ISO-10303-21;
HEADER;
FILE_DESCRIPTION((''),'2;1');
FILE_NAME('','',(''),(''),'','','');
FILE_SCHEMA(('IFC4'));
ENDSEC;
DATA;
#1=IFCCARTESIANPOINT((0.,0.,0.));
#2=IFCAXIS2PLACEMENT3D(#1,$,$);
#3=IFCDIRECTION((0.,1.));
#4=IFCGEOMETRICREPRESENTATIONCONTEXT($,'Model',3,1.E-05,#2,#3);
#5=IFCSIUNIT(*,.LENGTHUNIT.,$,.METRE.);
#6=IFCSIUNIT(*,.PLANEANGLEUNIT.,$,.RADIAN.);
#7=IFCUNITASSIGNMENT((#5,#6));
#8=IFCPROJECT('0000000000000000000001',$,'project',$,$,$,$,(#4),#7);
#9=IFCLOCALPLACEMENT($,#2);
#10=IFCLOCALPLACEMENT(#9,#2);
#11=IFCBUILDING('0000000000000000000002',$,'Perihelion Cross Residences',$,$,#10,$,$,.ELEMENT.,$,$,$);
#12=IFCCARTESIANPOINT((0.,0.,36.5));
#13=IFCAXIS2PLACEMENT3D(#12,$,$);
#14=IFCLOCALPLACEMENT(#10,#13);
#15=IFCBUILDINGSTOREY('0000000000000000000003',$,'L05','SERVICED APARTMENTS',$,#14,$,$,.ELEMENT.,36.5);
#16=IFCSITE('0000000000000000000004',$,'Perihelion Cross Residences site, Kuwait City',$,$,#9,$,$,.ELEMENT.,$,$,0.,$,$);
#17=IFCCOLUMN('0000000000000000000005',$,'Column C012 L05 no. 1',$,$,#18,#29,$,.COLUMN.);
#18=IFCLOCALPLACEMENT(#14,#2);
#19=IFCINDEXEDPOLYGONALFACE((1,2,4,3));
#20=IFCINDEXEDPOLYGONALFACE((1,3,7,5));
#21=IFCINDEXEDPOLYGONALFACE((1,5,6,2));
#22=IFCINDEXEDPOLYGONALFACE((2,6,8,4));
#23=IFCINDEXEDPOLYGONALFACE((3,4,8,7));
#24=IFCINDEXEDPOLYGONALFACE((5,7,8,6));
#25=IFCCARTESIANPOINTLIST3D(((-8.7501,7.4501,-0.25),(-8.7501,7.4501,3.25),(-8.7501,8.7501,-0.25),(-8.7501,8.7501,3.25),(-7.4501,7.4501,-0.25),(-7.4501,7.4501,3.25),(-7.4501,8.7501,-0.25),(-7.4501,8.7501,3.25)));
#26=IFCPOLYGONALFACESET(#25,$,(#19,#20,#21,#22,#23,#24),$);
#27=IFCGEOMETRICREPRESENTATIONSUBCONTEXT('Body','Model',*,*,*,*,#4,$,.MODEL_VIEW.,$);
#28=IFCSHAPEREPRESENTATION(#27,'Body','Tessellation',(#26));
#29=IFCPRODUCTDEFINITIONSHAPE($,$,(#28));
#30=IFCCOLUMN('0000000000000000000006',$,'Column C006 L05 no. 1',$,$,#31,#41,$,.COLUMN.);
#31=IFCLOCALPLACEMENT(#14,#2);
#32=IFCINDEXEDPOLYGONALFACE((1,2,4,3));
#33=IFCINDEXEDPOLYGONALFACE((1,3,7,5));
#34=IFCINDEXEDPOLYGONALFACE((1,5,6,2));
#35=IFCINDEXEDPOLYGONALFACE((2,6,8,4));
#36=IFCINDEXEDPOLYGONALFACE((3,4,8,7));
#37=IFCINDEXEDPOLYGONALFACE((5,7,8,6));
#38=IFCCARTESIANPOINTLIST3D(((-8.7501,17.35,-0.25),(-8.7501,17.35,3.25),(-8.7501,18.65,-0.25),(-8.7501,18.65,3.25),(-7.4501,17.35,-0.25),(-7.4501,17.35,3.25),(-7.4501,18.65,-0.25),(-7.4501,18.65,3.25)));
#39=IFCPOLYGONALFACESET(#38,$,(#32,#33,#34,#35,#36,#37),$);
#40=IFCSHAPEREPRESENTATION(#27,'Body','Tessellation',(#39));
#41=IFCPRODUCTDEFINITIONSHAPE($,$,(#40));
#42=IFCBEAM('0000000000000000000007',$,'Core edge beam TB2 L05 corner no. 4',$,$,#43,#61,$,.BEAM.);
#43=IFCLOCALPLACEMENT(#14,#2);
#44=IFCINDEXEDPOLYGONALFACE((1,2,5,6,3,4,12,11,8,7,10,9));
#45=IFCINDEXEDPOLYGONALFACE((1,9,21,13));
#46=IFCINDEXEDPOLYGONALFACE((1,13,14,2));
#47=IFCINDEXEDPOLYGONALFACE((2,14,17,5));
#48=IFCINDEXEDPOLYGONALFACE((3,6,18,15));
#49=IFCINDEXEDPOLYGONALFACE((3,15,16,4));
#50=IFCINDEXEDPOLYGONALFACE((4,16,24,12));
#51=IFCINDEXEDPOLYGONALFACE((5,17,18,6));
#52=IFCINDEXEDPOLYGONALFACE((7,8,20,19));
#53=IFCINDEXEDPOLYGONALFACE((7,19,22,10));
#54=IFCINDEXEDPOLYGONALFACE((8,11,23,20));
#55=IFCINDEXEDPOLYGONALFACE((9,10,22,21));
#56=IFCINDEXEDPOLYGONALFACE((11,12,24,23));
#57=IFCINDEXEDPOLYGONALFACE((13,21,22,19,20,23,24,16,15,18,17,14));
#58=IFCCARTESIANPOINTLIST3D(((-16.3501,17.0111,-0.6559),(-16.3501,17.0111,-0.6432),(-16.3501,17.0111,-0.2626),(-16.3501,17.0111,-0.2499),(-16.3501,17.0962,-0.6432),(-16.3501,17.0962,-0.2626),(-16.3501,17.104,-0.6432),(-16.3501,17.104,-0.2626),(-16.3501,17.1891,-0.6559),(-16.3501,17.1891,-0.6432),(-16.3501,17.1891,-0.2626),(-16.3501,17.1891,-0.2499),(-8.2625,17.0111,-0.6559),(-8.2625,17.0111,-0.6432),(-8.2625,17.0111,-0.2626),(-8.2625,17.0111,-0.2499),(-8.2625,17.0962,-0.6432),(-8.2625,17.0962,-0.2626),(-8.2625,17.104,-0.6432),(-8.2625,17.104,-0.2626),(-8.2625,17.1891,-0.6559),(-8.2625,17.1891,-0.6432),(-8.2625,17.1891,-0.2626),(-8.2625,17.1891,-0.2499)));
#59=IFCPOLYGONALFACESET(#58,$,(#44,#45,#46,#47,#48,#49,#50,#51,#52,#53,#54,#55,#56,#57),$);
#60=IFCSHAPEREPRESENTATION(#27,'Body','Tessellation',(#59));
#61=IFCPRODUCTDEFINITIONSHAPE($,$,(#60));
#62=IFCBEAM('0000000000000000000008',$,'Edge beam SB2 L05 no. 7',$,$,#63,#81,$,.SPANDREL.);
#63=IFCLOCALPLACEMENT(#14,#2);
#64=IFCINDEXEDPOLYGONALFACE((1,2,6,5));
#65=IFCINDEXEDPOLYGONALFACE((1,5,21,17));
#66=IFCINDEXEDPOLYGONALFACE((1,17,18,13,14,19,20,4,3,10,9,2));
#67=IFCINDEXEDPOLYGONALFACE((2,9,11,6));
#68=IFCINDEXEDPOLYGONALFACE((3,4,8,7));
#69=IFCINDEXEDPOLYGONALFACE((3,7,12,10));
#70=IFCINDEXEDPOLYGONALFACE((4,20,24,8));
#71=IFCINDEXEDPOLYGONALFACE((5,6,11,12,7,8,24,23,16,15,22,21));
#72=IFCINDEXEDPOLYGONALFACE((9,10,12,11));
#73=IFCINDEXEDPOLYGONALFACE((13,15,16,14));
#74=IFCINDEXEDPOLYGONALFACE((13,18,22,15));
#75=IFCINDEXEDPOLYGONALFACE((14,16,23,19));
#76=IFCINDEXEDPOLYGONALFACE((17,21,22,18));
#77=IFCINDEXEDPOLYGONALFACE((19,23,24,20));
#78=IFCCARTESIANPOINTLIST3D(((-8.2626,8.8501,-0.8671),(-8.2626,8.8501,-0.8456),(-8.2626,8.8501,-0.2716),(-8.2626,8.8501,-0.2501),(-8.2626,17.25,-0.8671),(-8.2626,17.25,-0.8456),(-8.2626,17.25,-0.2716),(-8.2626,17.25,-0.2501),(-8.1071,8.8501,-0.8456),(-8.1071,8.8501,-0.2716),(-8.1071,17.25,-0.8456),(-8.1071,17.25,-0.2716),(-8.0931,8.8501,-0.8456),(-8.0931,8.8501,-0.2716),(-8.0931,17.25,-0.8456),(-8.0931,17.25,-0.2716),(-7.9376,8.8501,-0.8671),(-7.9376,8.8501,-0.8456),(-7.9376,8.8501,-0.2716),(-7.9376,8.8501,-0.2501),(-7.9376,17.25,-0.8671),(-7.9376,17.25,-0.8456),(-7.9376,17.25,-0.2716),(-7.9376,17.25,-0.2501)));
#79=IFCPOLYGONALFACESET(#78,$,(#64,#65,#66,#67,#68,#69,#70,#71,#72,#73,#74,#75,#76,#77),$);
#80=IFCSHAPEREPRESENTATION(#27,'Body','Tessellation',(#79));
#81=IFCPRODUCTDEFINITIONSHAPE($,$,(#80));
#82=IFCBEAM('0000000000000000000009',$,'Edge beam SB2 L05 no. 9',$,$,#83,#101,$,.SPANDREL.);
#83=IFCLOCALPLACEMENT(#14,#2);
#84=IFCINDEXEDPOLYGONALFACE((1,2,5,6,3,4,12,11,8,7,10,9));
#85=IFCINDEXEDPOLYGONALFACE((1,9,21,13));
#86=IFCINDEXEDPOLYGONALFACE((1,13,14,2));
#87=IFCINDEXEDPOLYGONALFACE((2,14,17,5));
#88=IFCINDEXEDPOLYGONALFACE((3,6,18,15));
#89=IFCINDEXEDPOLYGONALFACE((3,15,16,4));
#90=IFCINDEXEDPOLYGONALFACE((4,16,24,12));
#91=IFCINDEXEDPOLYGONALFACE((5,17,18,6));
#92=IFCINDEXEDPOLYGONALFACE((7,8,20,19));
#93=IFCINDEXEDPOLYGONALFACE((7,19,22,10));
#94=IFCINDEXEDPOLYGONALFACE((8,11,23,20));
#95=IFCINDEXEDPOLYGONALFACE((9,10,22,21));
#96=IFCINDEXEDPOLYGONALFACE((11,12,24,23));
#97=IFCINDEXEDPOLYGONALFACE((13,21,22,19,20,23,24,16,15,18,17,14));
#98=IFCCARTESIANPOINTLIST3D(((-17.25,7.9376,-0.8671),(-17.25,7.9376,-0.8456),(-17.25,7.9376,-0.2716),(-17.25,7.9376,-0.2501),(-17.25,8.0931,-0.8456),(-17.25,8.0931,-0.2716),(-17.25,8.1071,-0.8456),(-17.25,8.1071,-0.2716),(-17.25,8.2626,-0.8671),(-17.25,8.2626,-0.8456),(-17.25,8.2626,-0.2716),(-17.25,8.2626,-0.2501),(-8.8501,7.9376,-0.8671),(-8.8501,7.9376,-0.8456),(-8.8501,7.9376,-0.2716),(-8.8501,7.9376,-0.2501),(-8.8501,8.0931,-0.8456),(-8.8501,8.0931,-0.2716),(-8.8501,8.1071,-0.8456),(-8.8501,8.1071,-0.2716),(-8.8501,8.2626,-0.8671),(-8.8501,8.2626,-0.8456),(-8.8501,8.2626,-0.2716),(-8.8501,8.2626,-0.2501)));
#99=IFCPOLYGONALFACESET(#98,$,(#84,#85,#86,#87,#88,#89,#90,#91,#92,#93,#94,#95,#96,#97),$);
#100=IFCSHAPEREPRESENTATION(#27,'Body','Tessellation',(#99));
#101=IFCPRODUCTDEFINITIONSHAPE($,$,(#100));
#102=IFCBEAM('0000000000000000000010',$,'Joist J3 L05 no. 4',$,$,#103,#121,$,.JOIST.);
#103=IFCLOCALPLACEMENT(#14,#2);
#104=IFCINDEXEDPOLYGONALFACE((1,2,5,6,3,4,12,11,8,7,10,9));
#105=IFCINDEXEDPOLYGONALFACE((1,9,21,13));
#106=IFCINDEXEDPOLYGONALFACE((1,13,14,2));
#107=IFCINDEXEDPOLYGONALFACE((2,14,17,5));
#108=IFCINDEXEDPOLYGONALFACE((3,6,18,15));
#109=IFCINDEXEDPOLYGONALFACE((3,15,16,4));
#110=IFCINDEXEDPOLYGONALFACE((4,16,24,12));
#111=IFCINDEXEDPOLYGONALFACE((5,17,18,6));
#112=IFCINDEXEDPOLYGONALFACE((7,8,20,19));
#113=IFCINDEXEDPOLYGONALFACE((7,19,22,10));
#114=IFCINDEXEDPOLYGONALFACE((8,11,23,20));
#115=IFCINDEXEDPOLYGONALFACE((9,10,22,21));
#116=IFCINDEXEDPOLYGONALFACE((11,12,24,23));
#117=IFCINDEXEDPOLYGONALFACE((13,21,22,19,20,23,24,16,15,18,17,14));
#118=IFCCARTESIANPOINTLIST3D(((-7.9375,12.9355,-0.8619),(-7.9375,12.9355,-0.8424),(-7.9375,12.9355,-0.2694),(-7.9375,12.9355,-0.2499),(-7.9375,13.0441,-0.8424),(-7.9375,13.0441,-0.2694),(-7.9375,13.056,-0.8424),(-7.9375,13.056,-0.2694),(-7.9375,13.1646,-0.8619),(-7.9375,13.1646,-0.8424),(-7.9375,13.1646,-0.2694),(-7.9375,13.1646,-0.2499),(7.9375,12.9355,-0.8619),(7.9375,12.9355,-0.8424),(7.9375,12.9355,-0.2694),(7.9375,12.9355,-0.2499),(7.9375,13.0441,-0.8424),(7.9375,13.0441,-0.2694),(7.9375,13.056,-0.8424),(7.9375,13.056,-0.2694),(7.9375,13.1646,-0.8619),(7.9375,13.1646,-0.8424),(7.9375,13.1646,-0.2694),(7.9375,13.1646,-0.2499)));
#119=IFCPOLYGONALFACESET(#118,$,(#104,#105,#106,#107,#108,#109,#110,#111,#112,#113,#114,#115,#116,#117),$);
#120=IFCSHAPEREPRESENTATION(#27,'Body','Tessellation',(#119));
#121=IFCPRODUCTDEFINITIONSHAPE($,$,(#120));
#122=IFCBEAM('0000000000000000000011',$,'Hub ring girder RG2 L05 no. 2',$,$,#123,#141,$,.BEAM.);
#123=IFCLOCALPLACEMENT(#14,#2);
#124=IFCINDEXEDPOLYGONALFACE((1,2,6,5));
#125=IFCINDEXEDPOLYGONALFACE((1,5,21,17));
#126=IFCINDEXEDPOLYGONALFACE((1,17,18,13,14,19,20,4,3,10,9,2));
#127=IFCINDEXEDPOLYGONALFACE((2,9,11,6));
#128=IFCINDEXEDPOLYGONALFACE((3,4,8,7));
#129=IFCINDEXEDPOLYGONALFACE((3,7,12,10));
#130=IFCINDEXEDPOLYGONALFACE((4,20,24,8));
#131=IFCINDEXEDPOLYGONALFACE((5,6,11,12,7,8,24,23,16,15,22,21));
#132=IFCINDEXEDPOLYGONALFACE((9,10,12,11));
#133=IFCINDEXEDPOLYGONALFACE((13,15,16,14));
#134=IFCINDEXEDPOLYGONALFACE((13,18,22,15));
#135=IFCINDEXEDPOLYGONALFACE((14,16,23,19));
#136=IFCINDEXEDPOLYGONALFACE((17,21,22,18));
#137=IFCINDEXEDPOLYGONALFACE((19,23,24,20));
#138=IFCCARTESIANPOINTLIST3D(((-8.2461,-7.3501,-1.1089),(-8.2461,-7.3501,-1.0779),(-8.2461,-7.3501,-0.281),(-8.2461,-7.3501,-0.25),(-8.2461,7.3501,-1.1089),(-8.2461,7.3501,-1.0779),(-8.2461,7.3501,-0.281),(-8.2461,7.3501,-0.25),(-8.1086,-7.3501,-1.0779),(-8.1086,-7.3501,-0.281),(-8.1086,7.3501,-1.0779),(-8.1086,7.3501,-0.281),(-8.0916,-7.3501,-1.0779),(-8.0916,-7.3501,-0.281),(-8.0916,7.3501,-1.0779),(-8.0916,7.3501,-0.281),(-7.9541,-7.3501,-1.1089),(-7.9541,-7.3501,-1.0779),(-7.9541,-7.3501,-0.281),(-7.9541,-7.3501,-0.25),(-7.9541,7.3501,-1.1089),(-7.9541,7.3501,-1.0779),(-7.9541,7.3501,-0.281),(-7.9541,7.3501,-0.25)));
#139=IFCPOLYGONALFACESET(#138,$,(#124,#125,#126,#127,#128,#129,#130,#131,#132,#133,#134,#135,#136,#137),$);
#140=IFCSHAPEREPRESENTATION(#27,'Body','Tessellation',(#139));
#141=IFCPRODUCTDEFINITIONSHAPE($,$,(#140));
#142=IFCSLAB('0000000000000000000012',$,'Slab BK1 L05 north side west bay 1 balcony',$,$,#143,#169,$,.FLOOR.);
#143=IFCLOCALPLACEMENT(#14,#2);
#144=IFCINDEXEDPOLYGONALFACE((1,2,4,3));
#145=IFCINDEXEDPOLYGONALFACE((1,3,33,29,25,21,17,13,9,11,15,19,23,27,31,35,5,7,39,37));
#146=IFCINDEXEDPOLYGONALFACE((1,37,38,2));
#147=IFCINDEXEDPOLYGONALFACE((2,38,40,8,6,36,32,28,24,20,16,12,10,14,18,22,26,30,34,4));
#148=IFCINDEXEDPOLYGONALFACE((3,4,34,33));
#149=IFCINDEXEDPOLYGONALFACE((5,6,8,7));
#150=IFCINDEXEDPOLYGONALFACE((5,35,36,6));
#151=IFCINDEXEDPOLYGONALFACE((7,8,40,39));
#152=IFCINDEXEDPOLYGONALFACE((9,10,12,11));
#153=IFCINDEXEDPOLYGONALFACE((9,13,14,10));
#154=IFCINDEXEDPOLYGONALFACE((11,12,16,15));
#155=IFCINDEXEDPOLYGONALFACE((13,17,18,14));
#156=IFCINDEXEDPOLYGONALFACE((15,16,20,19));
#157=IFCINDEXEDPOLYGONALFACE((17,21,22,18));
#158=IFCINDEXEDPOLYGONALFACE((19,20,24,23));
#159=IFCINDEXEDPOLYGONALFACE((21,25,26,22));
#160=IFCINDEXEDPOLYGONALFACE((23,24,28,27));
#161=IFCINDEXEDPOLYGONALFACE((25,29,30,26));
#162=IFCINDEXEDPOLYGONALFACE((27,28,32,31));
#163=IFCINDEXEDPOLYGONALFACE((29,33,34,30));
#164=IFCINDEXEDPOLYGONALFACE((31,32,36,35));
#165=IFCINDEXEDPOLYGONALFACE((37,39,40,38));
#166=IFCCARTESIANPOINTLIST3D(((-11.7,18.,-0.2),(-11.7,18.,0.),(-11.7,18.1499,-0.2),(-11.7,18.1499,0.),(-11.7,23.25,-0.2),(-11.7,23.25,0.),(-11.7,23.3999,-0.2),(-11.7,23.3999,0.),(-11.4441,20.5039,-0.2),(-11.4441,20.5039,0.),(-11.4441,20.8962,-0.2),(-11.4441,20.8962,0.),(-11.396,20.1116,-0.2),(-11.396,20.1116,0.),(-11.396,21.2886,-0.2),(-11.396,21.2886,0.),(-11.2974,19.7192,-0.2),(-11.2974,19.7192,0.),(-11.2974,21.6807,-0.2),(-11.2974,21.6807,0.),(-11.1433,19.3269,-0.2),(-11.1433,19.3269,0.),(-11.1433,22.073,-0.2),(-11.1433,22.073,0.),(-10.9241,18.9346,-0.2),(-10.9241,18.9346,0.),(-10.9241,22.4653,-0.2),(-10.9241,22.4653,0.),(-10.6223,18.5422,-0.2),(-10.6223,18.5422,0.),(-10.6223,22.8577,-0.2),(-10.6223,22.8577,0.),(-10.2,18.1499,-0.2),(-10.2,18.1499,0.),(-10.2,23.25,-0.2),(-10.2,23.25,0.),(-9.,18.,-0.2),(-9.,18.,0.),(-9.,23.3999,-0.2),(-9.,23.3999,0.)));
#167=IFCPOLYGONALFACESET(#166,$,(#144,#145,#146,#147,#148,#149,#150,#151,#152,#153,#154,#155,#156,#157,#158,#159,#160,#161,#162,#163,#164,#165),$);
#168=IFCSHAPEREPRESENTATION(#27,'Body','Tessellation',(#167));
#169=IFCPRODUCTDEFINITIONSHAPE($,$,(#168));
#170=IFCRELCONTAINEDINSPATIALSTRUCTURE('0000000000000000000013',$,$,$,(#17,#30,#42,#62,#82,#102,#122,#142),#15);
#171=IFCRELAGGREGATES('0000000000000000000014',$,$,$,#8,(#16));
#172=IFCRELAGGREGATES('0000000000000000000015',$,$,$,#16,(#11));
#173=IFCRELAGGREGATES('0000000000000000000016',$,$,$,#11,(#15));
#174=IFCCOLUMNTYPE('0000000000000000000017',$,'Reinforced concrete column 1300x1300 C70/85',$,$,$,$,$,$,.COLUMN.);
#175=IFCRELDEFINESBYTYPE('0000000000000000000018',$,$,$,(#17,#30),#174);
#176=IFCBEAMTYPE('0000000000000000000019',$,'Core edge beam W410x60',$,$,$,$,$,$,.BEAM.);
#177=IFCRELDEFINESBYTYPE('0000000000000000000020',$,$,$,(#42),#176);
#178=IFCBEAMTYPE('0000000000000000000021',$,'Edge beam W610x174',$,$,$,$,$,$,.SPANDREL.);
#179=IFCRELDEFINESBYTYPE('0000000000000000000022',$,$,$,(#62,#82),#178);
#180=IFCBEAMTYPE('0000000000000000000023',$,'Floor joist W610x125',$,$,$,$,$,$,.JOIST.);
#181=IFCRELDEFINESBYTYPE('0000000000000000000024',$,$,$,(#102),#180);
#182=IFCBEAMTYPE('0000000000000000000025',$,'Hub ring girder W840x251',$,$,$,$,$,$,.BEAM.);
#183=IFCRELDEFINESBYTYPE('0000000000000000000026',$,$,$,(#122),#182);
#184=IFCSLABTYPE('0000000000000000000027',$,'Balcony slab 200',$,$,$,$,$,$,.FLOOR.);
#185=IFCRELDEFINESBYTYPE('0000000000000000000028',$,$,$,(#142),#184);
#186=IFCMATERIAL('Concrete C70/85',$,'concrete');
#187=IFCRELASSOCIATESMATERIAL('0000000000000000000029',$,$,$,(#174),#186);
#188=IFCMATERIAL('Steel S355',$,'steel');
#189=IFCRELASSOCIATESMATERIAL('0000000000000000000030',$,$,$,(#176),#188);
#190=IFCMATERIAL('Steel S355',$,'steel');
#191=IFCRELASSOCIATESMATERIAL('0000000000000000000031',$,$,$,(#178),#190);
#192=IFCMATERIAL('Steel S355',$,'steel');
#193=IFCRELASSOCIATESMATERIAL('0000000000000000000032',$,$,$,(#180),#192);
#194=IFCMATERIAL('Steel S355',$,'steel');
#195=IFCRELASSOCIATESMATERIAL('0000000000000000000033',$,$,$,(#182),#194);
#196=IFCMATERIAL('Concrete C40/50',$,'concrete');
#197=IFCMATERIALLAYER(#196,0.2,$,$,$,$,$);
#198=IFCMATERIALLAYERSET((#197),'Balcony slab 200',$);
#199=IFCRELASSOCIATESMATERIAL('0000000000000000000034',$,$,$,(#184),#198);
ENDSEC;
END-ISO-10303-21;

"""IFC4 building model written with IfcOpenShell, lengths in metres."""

from ifc_helpers import new_model, si_unit, direction, frame, origin, origin_2d, place, context, subcontext, project, spatial, polyline, rectangle, i_section, outline, extrude, material, layer, layer_set, material_profile, profile_set, type_object, element, save


model = new_model("IFC4")

# Units and contexts
model_context = context("Model", 3, precision=1e-05, world=origin(), true_north=direction((0.0, 1.0)))
body_context = subcontext(model_context, "Body", "Model", "MODEL_VIEW")
ifc_project = project(units=[si_unit("LENGTHUNIT", "METRE"), si_unit("PLANEANGLEUNIT", "RADIAN")], contexts=[model_context])

# Site, building, storey
site_placement = place(None, origin())
site = spatial("IfcSite", under=ifc_project, at=site_placement, Name="Perihelion Cross Residences site, Kuwait City", CompositionType="ELEMENT", RefElevation=0.0)
building_placement = place(site_placement, origin())
building = spatial("IfcBuilding", under=site, at=building_placement, Name="Perihelion Cross Residences", CompositionType="ELEMENT")
storey_placement = place(building_placement, frame((0.0, 0.0, 36.5)))
storey = spatial("IfcBuildingStorey", under=building, at=storey_placement, Name="L05", Description="SERVICED APARTMENTS", CompositionType="ELEMENT", Elevation=36.5)

# Columns
ifc_material_1 = material(Name="Concrete C70/85", Category="concrete")
ifc_material_profile_1 = material_profile(ifc_material_1, rectangle(XDim=1.3, YDim=1.3, at=origin_2d()), Name="RC 1300x1300")
ifc_profile_set_1 = profile_set([ifc_material_profile_1], Name="Concrete C70/85")
column_type = type_object("IfcColumnType", Name="Reinforced concrete column 1300x1300 C70/85", PredefinedType="COLUMN", material=ifc_profile_set_1)
for number, where, z_axis, x_axis, name in (
    (1, (-8.1001, 8.1001, -0.25), (0.0, 0.0, 1.0), (1.0, 0.0, 0.0), "Column C012 L05 no. 1"),
    (2, (-8.1001, 18.0, -0.25), (0.0, 0.0, 1.0), (1.0, 0.0, 0.0), "Column C006 L05 no. 1"),
):
    element("IfcColumn", number, at=place(storey_placement, frame(where, z_axis=z_axis, x_axis=x_axis)), inside=storey, type_object=column_type, Name=name, PredefinedType="COLUMN", context=body_context, shape_type="SweptSolid", body=[
        extrude(rectangle(XDim=1.3, YDim=1.3, at=origin_2d()), origin(), (0.0, 0.0, 1.0), 3.5),
    ])

# Beams
ifc_material_2 = material(Name="Steel S355", Category="steel")
ifc_material_profile_2 = material_profile(ifc_material_2, i_section(OverallWidth=0.178, OverallDepth=0.406, WebThickness=0.0078, FlangeThickness=0.0127, at=origin_2d()), Name="W410x60")
ifc_profile_set_2 = profile_set([ifc_material_profile_2], Name="Steel S355")
beam_type_1 = type_object("IfcBeamType", Name="Core edge beam W410x60", PredefinedType="BEAM", material=ifc_profile_set_2)
beam_1_placement = place(storey_placement, frame((-8.2625, 17.1001, -0.4529), z_axis=(-1.0, 0.0, 0.0), x_axis=(0.0, -1.0, 0.0)))
element("IfcBeam", 3, at=beam_1_placement, inside=storey, type_object=beam_type_1, Name="Core edge beam TB2 L05 corner no. 4", PredefinedType="BEAM", context=body_context, shape_type="SweptSolid", body=[
    extrude(i_section(OverallWidth=0.178, OverallDepth=0.406, WebThickness=0.0078, FlangeThickness=0.0127, at=origin_2d()), origin(), (0.0, 0.0, 1.0), 8.0876),
])
ifc_material_3 = material(Name="Steel S355", Category="steel")
ifc_material_profile_3 = material_profile(ifc_material_3, i_section(OverallWidth=0.325, OverallDepth=0.6169, WebThickness=0.0139, FlangeThickness=0.0215, at=origin_2d()), Name="W610x174")
ifc_profile_set_3 = profile_set([ifc_material_profile_3], Name="Steel S355")
beam_type_2 = type_object("IfcBeamType", Name="Edge beam W610x174", PredefinedType="SPANDREL", material=ifc_profile_set_3)
for number, where, z_axis, x_axis, name in (
    (4, (-8.1001, 17.25, -0.5586), (0.0, -1.0, 0.0), (1.0, 0.0, 0.0), "Edge beam SB2 L05 no. 7"),
    (5, (-8.8501, 8.1001, -0.5586), (-1.0, 0.0, 0.0), (0.0, -1.0, 0.0), "Edge beam SB2 L05 no. 9"),
):
    element("IfcBeam", number, at=place(storey_placement, frame(where, z_axis=z_axis, x_axis=x_axis)), inside=storey, type_object=beam_type_2, Name=name, PredefinedType="SPANDREL", context=body_context, shape_type="SweptSolid", body=[
        extrude(i_section(OverallWidth=0.325, OverallDepth=0.6169, WebThickness=0.0139, FlangeThickness=0.0215, at=origin_2d()), origin(), (0.0, 0.0, 1.0), 8.3999),
    ])
ifc_material_4 = material(Name="Steel S355", Category="steel")
ifc_material_profile_4 = material_profile(ifc_material_4, i_section(OverallWidth=0.229, OverallDepth=0.6121, WebThickness=0.012, FlangeThickness=0.0195, at=origin_2d()), Name="W610x125")
ifc_profile_set_4 = profile_set([ifc_material_profile_4], Name="Steel S355")
beam_type_3 = type_object("IfcBeamType", Name="Floor joist W610x125", PredefinedType="JOIST", material=ifc_profile_set_4)
beam_2_placement = place(storey_placement, frame((-7.9375, 13.05, -0.5559), z_axis=(1.0, 0.0, 0.0), x_axis=(0.0, 1.0, 0.0)))
element("IfcBeam", 6, at=beam_2_placement, inside=storey, type_object=beam_type_3, Name="Joist J3 L05 no. 4", PredefinedType="JOIST", context=body_context, shape_type="SweptSolid", body=[
    extrude(i_section(OverallWidth=0.229, OverallDepth=0.6121, WebThickness=0.012, FlangeThickness=0.0195, at=origin_2d()), origin(), (0.0, 0.0, 1.0), 15.875),
])
ifc_material_5 = material(Name="Steel S355", Category="steel")
ifc_material_profile_5 = material_profile(ifc_material_5, i_section(OverallWidth=0.292, OverallDepth=0.8589, WebThickness=0.0171, FlangeThickness=0.031, at=origin_2d()), Name="W840x251")
ifc_profile_set_5 = profile_set([ifc_material_profile_5], Name="Steel S355")
beam_type_4 = type_object("IfcBeamType", Name="Hub ring girder W840x251", PredefinedType="BEAM", material=ifc_profile_set_5)
beam_3_placement = place(storey_placement, frame((-8.1001, 7.3501, -0.6794), z_axis=(0.0, -1.0, 0.0), x_axis=(1.0, 0.0, 0.0)))
element("IfcBeam", 7, at=beam_3_placement, inside=storey, type_object=beam_type_4, Name="Hub ring girder RG2 L05 no. 2", PredefinedType="BEAM", context=body_context, shape_type="SweptSolid", body=[
    extrude(i_section(OverallWidth=0.292, OverallDepth=0.8589, WebThickness=0.0171, FlangeThickness=0.031, at=origin_2d()), origin(), (0.0, 0.0, 1.0), 14.7002),
])

# Slab
ifc_material_6 = material(Name="Concrete C40/50", Category="concrete")
ifc_layer_1 = layer(ifc_material_6, 0.2)
ifc_layer_set_1 = layer_set([ifc_layer_1], Name="Balcony slab 200")
slab_type_1 = type_object("IfcSlabType", Name="Balcony slab 200", PredefinedType="FLOOR", material=ifc_layer_set_1)
slab_1_placement = place(storey_placement, frame((0.0, 0.0, -0.2)))
element("IfcSlab", 8, at=slab_1_placement, inside=storey, type_object=slab_type_1, Name="Slab BK1 L05 north side west bay 1 balcony", PredefinedType="FLOOR", context=body_context, shape_type="SweptSolid", body=[
    extrude(outline(polyline([(-9.0, 23.3999), (-9.0, 18.0), (-11.7, 18.0), (-11.7, 18.1499), (-10.2, 18.1499), (-10.6223, 18.5422), (-10.9241, 18.9346), (-11.1433, 19.3269), (-11.2974, 19.7192), (-11.396, 20.1116), (-11.4441, 20.5039), (-11.4441, 20.8962), (-11.396, 21.2886), (-11.2974, 21.6807), (-11.1433, 22.073), (-10.9241, 22.4653), (-10.6223, 22.8577), (-10.2, 23.25), (-11.7, 23.25), (-11.7, 23.3999), (-9.0, 23.3999)])), origin(), (0.0, 0.0, 1.0), 0.2),
])

save(model, "model.ifc")
